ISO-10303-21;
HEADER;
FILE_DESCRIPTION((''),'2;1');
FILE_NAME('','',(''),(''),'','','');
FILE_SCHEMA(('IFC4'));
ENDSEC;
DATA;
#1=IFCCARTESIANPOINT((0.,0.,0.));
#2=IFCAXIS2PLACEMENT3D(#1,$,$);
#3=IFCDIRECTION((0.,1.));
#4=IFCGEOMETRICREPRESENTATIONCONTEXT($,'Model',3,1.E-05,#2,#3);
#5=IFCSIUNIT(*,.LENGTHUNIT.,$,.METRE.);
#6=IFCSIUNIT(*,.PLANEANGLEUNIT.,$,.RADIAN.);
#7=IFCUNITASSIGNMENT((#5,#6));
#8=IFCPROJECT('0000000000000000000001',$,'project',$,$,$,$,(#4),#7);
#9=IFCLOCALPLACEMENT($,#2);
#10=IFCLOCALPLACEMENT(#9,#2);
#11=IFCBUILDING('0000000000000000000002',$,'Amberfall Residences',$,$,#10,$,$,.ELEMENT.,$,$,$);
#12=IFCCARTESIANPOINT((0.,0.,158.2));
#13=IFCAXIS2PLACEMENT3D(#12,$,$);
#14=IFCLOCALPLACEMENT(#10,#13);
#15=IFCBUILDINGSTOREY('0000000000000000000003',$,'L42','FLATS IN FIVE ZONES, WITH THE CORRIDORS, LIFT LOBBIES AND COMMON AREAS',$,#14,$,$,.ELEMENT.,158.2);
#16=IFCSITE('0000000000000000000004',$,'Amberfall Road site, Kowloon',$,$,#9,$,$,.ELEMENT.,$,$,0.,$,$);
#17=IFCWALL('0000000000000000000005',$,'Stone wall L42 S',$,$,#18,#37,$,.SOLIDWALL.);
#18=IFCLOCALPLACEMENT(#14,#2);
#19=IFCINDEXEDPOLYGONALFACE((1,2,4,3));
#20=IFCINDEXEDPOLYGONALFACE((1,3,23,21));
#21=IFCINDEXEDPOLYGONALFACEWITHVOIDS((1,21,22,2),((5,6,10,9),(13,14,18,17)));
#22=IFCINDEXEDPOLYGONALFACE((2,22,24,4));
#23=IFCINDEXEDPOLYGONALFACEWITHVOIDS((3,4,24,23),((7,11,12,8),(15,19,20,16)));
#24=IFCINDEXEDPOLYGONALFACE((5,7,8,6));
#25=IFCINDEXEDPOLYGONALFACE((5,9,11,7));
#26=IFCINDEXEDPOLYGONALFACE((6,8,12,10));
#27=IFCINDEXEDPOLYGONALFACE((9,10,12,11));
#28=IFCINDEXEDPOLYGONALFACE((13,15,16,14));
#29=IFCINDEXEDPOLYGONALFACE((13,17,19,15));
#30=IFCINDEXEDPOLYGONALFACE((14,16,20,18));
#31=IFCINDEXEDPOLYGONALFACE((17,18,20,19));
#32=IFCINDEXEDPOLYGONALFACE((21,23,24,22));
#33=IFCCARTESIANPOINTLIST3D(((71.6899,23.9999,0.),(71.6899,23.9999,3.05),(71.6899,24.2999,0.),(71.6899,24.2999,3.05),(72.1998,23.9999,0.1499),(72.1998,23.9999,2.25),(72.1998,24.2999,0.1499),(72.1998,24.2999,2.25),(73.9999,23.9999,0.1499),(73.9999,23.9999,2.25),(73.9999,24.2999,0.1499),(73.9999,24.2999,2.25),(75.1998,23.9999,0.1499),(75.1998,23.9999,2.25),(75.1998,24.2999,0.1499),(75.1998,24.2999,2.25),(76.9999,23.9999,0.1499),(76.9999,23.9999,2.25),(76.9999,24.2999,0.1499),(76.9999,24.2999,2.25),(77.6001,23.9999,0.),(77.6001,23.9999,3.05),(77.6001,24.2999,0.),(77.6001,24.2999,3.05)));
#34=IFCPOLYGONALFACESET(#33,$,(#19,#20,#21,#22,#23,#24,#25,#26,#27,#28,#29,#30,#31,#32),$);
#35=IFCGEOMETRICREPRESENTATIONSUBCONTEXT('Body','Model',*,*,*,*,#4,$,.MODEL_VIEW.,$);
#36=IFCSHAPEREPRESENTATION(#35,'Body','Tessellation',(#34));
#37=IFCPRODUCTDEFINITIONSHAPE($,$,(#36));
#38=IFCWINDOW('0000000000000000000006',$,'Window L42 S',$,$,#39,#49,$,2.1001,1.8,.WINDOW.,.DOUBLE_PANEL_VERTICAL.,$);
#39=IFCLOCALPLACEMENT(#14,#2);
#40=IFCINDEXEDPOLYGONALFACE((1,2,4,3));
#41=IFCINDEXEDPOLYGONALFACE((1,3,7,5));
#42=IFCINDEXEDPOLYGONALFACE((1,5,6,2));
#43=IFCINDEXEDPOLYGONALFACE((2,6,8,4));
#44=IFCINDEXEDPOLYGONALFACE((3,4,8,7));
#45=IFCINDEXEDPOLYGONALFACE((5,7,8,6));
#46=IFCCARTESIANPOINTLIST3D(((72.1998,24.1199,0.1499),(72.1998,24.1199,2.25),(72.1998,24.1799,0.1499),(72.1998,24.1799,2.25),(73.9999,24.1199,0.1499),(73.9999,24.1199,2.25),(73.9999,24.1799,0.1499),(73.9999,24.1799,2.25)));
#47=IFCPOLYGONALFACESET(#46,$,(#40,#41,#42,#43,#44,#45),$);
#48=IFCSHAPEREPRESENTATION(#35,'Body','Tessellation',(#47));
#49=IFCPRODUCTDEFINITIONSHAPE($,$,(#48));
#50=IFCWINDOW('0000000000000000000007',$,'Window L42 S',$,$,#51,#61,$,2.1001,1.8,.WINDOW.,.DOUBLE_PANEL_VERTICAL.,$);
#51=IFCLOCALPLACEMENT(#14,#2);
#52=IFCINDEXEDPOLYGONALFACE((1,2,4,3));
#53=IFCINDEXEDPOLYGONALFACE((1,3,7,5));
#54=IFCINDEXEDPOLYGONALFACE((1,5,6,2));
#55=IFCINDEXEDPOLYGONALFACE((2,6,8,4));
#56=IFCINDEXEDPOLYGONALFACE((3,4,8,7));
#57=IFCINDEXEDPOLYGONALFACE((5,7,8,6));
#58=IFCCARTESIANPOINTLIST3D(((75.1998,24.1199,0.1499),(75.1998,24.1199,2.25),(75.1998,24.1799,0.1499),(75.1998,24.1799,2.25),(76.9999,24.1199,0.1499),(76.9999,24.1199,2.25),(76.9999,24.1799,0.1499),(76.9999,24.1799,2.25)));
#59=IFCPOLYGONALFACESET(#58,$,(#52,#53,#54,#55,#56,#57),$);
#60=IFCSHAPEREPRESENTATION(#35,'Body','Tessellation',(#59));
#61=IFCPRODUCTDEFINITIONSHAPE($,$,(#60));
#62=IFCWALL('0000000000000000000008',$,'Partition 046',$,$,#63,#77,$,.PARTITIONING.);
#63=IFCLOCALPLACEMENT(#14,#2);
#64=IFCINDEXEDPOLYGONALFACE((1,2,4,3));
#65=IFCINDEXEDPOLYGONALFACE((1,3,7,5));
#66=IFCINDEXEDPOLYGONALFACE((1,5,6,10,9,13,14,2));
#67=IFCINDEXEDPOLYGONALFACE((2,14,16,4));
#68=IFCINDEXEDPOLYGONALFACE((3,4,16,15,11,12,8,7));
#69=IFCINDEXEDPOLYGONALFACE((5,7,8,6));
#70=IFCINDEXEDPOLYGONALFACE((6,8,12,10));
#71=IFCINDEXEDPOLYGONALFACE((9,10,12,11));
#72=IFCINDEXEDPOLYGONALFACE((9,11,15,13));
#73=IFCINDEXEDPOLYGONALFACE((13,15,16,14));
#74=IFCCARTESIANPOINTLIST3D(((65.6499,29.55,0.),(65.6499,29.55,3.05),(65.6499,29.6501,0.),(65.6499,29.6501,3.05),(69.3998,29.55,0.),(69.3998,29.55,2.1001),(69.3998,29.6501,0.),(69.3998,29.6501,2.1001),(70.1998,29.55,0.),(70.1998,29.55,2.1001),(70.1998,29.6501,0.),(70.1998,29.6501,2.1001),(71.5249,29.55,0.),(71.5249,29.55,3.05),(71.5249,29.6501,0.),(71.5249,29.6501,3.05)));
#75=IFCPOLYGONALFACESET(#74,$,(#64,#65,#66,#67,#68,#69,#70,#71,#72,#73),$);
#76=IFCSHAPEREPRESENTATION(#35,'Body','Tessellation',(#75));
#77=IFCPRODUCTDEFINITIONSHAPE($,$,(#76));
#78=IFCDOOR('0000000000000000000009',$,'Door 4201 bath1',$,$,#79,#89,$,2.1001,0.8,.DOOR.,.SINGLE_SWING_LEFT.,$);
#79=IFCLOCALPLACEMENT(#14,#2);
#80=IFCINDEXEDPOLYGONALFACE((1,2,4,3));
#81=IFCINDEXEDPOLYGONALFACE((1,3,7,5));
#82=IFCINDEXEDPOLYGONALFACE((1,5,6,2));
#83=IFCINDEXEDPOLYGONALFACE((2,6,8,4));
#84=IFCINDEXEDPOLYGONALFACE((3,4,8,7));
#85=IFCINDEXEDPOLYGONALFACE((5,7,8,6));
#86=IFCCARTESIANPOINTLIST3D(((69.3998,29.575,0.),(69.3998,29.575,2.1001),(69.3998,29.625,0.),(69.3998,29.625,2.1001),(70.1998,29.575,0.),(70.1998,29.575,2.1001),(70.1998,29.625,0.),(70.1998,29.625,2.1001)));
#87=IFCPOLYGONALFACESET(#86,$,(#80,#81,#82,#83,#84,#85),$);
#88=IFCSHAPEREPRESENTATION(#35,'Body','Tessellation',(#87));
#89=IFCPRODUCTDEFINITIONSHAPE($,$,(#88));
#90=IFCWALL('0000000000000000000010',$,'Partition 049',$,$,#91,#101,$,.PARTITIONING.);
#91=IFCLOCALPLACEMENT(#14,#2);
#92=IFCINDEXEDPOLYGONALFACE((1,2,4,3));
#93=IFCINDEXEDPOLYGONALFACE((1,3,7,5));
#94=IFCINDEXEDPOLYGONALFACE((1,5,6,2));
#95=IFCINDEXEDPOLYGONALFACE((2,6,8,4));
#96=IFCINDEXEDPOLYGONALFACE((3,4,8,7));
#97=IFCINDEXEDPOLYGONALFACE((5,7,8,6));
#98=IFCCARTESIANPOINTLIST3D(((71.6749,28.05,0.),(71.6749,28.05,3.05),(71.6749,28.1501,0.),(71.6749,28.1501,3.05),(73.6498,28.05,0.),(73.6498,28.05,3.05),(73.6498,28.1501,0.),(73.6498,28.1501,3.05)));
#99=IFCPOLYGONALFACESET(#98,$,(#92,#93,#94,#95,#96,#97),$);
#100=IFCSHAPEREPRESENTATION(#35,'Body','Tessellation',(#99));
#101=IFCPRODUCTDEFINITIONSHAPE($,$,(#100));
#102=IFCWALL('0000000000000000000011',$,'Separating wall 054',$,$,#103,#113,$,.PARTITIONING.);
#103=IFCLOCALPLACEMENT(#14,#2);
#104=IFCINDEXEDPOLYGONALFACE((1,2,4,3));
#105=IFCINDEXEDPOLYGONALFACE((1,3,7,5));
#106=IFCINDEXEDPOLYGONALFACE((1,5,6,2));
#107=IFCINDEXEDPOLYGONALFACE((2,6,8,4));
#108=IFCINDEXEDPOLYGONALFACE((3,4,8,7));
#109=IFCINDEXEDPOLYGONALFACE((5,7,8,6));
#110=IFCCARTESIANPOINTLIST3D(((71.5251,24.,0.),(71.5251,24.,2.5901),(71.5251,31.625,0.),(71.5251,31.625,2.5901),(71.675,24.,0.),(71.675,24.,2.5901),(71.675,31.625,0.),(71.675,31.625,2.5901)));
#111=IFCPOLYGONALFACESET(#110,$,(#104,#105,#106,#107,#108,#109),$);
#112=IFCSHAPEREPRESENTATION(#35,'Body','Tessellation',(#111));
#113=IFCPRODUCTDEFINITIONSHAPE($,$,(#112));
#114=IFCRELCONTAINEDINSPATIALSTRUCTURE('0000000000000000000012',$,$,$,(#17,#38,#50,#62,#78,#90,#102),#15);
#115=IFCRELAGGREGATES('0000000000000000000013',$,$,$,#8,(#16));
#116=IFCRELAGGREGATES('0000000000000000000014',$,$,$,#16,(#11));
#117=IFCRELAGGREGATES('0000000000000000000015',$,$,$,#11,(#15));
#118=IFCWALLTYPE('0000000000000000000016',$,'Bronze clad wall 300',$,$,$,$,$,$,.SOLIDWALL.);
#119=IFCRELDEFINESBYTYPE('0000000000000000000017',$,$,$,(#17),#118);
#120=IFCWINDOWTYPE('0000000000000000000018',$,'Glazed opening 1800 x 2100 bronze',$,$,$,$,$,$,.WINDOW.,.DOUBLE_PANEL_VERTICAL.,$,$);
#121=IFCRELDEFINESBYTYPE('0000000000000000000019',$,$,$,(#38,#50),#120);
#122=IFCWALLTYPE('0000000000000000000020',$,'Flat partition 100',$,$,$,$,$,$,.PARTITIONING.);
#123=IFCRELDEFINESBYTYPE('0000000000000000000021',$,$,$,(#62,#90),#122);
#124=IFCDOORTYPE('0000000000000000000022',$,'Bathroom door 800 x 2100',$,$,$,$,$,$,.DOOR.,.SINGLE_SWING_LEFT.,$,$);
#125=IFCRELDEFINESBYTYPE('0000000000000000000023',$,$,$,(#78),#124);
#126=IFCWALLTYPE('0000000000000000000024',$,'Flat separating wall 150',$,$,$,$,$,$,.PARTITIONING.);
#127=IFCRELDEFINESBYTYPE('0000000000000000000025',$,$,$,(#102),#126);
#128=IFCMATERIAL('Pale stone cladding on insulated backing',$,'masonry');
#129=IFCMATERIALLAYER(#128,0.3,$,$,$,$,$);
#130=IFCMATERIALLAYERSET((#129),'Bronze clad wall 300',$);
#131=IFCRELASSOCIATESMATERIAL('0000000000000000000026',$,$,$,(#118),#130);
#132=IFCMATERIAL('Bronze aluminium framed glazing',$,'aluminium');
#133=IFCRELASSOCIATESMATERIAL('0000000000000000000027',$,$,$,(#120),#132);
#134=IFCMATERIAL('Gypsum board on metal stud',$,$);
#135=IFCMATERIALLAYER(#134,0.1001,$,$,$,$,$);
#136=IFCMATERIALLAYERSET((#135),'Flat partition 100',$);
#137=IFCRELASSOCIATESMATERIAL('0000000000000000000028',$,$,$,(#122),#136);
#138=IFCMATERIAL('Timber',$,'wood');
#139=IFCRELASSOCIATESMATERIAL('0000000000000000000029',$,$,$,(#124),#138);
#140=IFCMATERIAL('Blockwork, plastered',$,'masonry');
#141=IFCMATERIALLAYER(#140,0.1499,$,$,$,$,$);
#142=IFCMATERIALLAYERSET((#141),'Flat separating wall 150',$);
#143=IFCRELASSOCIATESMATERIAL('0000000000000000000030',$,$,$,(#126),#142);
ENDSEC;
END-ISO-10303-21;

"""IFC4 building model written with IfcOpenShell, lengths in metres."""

from ifc_helpers import new_model, si_unit, direction, frame, frame_2d, origin, place, context, subcontext, project, spatial, rectangle, extrude, material, layer, layer_set, type_object, element, fill, save


model = new_model("IFC4")

# Units and contexts
model_context = context("Model", 3, precision=1e-05, world=origin(), true_north=direction((0.0, 1.0)))
body_context = subcontext(model_context, "Body", "Model", "MODEL_VIEW")
ifc_project = project(units=[si_unit("LENGTHUNIT", "METRE"), si_unit("PLANEANGLEUNIT", "RADIAN")], contexts=[model_context])

# Site, building, storey
site_placement = place(None, origin())
site = spatial("IfcSite", under=ifc_project, at=site_placement, Name="Amberfall Road site, Kowloon", CompositionType="ELEMENT", RefElevation=0.0)
building_placement = place(site_placement, origin())
building = spatial("IfcBuilding", under=site, at=building_placement, Name="Amberfall Residences", CompositionType="ELEMENT")
storey_placement = place(building_placement, frame((0.0, 0.0, 158.2)))
storey = spatial("IfcBuildingStorey", under=building, at=storey_placement, Name="L42", Description="FLATS IN FIVE ZONES, WITH THE CORRIDORS, LIFT LOBBIES AND COMMON AREAS", CompositionType="ELEMENT", Elevation=158.2)

# Shared definitions
ifc_material_1 = material(Name="Pale stone cladding on insulated backing", Category="masonry")
ifc_layer_1 = layer(ifc_material_1, 0.3)
ifc_layer_set_1 = layer_set([ifc_layer_1], Name="Bronze clad wall 300")
wall_type_1 = type_object("IfcWallType", Name="Bronze clad wall 300", PredefinedType="SOLIDWALL", material=ifc_layer_set_1)

# Wall, openings, windows
wall_1_placement = place(storey_placement, frame((71.6899, 24.1499, 0.0), z_axis=(0.0, 0.0, 1.0), x_axis=(1.0, 0.0, 0.0)))
wall_1 = element("IfcWall", 1, at=wall_1_placement, inside=storey, type_object=wall_type_1, Name="Stone wall L42 S", PredefinedType="SOLIDWALL", context=body_context, shape_type="SweptSolid", body=[
    extrude(rectangle(XDim=5.9102, YDim=0.3, at=frame_2d((2.9551, 0.0))), origin(), (0.0, 0.0, 1.0), 3.05),
])
opening_1_placement = place(wall_1_placement, frame((0.51, 0.0, 0.1499)))
opening_1 = element("IfcOpeningElement", 2, at=opening_1_placement, cuts=wall_1, PredefinedType="OPENING", context=body_context, shape_type="SweptSolid", body=[
    extrude(rectangle(XDim=1.8, YDim=2.1001, at=frame_2d((0.8999, 1.05))), frame((0.0, 0.1599, 0.0), z_axis=(0.0, -1.0, 0.0), x_axis=(1.0, 0.0, 0.0)), (0.0, 0.0, 1.0), 0.3201),
])
opening_2_placement = place(wall_1_placement, frame((3.51, 0.0, 0.1499)))
opening_2 = element("IfcOpeningElement", 3, at=opening_2_placement, cuts=wall_1, PredefinedType="OPENING", context=body_context, shape_type="SweptSolid", body=[
    extrude(rectangle(XDim=1.8, YDim=2.1001, at=frame_2d((0.8999, 1.05))), frame((0.0, 0.1599, 0.0), z_axis=(0.0, -1.0, 0.0), x_axis=(1.0, 0.0, 0.0)), (0.0, 0.0, 1.0), 0.3201),
])
ifc_material_2 = material(Name="Bronze aluminium framed glazing", Category="aluminium")
window_type = type_object("IfcWindowType", Name="Glazed opening 1800 x 2100 bronze", PartitioningType="DOUBLE_PANEL_VERTICAL", PredefinedType="WINDOW", material=ifc_material_2)
window_1_placement = place(opening_1_placement, origin())
window_1 = element("IfcWindow", 4, at=window_1_placement, inside=storey, type_object=window_type, Name="Window L42 S", OverallHeight=2.1001, OverallWidth=1.8, PartitioningType="DOUBLE_PANEL_VERTICAL", PredefinedType="WINDOW", context=body_context, shape_type="SweptSolid", body=[
    extrude(rectangle(XDim=1.8, YDim=2.1001, at=frame_2d((0.8999, 1.05))), frame((0.0, 0.03, 0.0), z_axis=(0.0, -1.0, 0.0), x_axis=(1.0, 0.0, 0.0)), (0.0, 0.0, 1.0), 0.0601),
])
fill(opening_1, window_1)
window_2_placement = place(opening_2_placement, origin())
window_2 = element("IfcWindow", 5, at=window_2_placement, inside=storey, type_object=window_type, Name="Window L42 S", OverallHeight=2.1001, OverallWidth=1.8, PartitioningType="DOUBLE_PANEL_VERTICAL", PredefinedType="WINDOW", context=body_context, shape_type="SweptSolid", body=[
    extrude(rectangle(XDim=1.8, YDim=2.1001, at=frame_2d((0.8999, 1.05))), frame((0.0, 0.03, 0.0), z_axis=(0.0, -1.0, 0.0), x_axis=(1.0, 0.0, 0.0)), (0.0, 0.0, 1.0), 0.0601),
])
fill(opening_2, window_2)

# Wall, opening, door
ifc_material_3 = material(Name="Gypsum board on metal stud")
ifc_layer_2 = layer(ifc_material_3, 0.1001)
ifc_layer_set_2 = layer_set([ifc_layer_2], Name="Flat partition 100")
wall_type_2 = type_object("IfcWallType", Name="Flat partition 100", PredefinedType="PARTITIONING", material=ifc_layer_set_2)
wall_2_placement = place(storey_placement, frame((65.6499, 29.6001, 0.0), z_axis=(0.0, 0.0, 1.0), x_axis=(1.0, 0.0, 0.0)))
wall_2 = element("IfcWall", 6, at=wall_2_placement, inside=storey, type_object=wall_type_2, Name="Partition 046", PredefinedType="PARTITIONING", context=body_context, shape_type="SweptSolid", body=[
    extrude(rectangle(XDim=5.875, YDim=0.1001, at=frame_2d((2.9375, 0.0))), origin(), (0.0, 0.0, 1.0), 3.05),
])
opening_3_placement = place(wall_2_placement, frame((3.75, 0.0, 0.0)))
opening_3 = element("IfcOpeningElement", 7, at=opening_3_placement, cuts=wall_2, PredefinedType="OPENING", context=body_context, shape_type="SweptSolid", body=[
    extrude(rectangle(XDim=0.8, YDim=2.1001, at=frame_2d((0.3999, 1.05))), frame((0.0, 0.0601, 0.0), z_axis=(0.0, -1.0, 0.0), x_axis=(1.0, 0.0, 0.0)), (0.0, 0.0, 1.0), 0.1201),
])
ifc_material_4 = material(Name="Timber", Category="wood")
door_type = type_object("IfcDoorType", Name="Bathroom door 800 x 2100", OperationType="SINGLE_SWING_LEFT", PredefinedType="DOOR", material=ifc_material_4)
door_placement = place(opening_3_placement, origin())
door = element("IfcDoor", 8, at=door_placement, inside=storey, type_object=door_type, Name="Door 4201 bath1", OperationType="SINGLE_SWING_LEFT", OverallHeight=2.1001, OverallWidth=0.8, PredefinedType="DOOR", context=body_context, shape_type="SweptSolid", body=[
    extrude(rectangle(XDim=0.8, YDim=2.1001, at=frame_2d((0.3999, 1.05))), frame((0.0, 0.0249, 0.0), z_axis=(0.0, -1.0, 0.0), x_axis=(1.0, 0.0, 0.0)), (0.0, 0.0, 1.0), 0.05),
])
fill(opening_3, door)

# Walls
wall_3_placement = place(storey_placement, frame((71.675, 28.1001, 0.0), z_axis=(0.0, 0.0, 1.0), x_axis=(1.0, 0.0, 0.0)))
element("IfcWall", 9, at=wall_3_placement, inside=storey, type_object=wall_type_2, Name="Partition 049", PredefinedType="PARTITIONING", context=body_context, shape_type="SweptSolid", body=[
    extrude(rectangle(XDim=1.9749, YDim=0.1001, at=frame_2d((0.9873, 0.0))), origin(), (0.0, 0.0, 1.0), 3.05),
])
ifc_material_5 = material(Name="Blockwork, plastered", Category="masonry")
ifc_layer_3 = layer(ifc_material_5, 0.1499)
ifc_layer_set_3 = layer_set([ifc_layer_3], Name="Flat separating wall 150")
wall_type_3 = type_object("IfcWallType", Name="Flat separating wall 150", PredefinedType="PARTITIONING", material=ifc_layer_set_3)
wall_4_placement = place(storey_placement, frame((71.6001, 24.0, 0.0), z_axis=(0.0, 0.0, 1.0), x_axis=(0.0, 1.0, 0.0)))
element("IfcWall", 10, at=wall_4_placement, inside=storey, type_object=wall_type_3, Name="Separating wall 054", PredefinedType="PARTITIONING", context=body_context, shape_type="SweptSolid", body=[
    extrude(rectangle(XDim=7.625, YDim=0.1499, at=frame_2d((3.8125, 0.0))), origin(), (0.0, 0.0, 1.0), 2.5901),
])

save(model, "model.ifc")
